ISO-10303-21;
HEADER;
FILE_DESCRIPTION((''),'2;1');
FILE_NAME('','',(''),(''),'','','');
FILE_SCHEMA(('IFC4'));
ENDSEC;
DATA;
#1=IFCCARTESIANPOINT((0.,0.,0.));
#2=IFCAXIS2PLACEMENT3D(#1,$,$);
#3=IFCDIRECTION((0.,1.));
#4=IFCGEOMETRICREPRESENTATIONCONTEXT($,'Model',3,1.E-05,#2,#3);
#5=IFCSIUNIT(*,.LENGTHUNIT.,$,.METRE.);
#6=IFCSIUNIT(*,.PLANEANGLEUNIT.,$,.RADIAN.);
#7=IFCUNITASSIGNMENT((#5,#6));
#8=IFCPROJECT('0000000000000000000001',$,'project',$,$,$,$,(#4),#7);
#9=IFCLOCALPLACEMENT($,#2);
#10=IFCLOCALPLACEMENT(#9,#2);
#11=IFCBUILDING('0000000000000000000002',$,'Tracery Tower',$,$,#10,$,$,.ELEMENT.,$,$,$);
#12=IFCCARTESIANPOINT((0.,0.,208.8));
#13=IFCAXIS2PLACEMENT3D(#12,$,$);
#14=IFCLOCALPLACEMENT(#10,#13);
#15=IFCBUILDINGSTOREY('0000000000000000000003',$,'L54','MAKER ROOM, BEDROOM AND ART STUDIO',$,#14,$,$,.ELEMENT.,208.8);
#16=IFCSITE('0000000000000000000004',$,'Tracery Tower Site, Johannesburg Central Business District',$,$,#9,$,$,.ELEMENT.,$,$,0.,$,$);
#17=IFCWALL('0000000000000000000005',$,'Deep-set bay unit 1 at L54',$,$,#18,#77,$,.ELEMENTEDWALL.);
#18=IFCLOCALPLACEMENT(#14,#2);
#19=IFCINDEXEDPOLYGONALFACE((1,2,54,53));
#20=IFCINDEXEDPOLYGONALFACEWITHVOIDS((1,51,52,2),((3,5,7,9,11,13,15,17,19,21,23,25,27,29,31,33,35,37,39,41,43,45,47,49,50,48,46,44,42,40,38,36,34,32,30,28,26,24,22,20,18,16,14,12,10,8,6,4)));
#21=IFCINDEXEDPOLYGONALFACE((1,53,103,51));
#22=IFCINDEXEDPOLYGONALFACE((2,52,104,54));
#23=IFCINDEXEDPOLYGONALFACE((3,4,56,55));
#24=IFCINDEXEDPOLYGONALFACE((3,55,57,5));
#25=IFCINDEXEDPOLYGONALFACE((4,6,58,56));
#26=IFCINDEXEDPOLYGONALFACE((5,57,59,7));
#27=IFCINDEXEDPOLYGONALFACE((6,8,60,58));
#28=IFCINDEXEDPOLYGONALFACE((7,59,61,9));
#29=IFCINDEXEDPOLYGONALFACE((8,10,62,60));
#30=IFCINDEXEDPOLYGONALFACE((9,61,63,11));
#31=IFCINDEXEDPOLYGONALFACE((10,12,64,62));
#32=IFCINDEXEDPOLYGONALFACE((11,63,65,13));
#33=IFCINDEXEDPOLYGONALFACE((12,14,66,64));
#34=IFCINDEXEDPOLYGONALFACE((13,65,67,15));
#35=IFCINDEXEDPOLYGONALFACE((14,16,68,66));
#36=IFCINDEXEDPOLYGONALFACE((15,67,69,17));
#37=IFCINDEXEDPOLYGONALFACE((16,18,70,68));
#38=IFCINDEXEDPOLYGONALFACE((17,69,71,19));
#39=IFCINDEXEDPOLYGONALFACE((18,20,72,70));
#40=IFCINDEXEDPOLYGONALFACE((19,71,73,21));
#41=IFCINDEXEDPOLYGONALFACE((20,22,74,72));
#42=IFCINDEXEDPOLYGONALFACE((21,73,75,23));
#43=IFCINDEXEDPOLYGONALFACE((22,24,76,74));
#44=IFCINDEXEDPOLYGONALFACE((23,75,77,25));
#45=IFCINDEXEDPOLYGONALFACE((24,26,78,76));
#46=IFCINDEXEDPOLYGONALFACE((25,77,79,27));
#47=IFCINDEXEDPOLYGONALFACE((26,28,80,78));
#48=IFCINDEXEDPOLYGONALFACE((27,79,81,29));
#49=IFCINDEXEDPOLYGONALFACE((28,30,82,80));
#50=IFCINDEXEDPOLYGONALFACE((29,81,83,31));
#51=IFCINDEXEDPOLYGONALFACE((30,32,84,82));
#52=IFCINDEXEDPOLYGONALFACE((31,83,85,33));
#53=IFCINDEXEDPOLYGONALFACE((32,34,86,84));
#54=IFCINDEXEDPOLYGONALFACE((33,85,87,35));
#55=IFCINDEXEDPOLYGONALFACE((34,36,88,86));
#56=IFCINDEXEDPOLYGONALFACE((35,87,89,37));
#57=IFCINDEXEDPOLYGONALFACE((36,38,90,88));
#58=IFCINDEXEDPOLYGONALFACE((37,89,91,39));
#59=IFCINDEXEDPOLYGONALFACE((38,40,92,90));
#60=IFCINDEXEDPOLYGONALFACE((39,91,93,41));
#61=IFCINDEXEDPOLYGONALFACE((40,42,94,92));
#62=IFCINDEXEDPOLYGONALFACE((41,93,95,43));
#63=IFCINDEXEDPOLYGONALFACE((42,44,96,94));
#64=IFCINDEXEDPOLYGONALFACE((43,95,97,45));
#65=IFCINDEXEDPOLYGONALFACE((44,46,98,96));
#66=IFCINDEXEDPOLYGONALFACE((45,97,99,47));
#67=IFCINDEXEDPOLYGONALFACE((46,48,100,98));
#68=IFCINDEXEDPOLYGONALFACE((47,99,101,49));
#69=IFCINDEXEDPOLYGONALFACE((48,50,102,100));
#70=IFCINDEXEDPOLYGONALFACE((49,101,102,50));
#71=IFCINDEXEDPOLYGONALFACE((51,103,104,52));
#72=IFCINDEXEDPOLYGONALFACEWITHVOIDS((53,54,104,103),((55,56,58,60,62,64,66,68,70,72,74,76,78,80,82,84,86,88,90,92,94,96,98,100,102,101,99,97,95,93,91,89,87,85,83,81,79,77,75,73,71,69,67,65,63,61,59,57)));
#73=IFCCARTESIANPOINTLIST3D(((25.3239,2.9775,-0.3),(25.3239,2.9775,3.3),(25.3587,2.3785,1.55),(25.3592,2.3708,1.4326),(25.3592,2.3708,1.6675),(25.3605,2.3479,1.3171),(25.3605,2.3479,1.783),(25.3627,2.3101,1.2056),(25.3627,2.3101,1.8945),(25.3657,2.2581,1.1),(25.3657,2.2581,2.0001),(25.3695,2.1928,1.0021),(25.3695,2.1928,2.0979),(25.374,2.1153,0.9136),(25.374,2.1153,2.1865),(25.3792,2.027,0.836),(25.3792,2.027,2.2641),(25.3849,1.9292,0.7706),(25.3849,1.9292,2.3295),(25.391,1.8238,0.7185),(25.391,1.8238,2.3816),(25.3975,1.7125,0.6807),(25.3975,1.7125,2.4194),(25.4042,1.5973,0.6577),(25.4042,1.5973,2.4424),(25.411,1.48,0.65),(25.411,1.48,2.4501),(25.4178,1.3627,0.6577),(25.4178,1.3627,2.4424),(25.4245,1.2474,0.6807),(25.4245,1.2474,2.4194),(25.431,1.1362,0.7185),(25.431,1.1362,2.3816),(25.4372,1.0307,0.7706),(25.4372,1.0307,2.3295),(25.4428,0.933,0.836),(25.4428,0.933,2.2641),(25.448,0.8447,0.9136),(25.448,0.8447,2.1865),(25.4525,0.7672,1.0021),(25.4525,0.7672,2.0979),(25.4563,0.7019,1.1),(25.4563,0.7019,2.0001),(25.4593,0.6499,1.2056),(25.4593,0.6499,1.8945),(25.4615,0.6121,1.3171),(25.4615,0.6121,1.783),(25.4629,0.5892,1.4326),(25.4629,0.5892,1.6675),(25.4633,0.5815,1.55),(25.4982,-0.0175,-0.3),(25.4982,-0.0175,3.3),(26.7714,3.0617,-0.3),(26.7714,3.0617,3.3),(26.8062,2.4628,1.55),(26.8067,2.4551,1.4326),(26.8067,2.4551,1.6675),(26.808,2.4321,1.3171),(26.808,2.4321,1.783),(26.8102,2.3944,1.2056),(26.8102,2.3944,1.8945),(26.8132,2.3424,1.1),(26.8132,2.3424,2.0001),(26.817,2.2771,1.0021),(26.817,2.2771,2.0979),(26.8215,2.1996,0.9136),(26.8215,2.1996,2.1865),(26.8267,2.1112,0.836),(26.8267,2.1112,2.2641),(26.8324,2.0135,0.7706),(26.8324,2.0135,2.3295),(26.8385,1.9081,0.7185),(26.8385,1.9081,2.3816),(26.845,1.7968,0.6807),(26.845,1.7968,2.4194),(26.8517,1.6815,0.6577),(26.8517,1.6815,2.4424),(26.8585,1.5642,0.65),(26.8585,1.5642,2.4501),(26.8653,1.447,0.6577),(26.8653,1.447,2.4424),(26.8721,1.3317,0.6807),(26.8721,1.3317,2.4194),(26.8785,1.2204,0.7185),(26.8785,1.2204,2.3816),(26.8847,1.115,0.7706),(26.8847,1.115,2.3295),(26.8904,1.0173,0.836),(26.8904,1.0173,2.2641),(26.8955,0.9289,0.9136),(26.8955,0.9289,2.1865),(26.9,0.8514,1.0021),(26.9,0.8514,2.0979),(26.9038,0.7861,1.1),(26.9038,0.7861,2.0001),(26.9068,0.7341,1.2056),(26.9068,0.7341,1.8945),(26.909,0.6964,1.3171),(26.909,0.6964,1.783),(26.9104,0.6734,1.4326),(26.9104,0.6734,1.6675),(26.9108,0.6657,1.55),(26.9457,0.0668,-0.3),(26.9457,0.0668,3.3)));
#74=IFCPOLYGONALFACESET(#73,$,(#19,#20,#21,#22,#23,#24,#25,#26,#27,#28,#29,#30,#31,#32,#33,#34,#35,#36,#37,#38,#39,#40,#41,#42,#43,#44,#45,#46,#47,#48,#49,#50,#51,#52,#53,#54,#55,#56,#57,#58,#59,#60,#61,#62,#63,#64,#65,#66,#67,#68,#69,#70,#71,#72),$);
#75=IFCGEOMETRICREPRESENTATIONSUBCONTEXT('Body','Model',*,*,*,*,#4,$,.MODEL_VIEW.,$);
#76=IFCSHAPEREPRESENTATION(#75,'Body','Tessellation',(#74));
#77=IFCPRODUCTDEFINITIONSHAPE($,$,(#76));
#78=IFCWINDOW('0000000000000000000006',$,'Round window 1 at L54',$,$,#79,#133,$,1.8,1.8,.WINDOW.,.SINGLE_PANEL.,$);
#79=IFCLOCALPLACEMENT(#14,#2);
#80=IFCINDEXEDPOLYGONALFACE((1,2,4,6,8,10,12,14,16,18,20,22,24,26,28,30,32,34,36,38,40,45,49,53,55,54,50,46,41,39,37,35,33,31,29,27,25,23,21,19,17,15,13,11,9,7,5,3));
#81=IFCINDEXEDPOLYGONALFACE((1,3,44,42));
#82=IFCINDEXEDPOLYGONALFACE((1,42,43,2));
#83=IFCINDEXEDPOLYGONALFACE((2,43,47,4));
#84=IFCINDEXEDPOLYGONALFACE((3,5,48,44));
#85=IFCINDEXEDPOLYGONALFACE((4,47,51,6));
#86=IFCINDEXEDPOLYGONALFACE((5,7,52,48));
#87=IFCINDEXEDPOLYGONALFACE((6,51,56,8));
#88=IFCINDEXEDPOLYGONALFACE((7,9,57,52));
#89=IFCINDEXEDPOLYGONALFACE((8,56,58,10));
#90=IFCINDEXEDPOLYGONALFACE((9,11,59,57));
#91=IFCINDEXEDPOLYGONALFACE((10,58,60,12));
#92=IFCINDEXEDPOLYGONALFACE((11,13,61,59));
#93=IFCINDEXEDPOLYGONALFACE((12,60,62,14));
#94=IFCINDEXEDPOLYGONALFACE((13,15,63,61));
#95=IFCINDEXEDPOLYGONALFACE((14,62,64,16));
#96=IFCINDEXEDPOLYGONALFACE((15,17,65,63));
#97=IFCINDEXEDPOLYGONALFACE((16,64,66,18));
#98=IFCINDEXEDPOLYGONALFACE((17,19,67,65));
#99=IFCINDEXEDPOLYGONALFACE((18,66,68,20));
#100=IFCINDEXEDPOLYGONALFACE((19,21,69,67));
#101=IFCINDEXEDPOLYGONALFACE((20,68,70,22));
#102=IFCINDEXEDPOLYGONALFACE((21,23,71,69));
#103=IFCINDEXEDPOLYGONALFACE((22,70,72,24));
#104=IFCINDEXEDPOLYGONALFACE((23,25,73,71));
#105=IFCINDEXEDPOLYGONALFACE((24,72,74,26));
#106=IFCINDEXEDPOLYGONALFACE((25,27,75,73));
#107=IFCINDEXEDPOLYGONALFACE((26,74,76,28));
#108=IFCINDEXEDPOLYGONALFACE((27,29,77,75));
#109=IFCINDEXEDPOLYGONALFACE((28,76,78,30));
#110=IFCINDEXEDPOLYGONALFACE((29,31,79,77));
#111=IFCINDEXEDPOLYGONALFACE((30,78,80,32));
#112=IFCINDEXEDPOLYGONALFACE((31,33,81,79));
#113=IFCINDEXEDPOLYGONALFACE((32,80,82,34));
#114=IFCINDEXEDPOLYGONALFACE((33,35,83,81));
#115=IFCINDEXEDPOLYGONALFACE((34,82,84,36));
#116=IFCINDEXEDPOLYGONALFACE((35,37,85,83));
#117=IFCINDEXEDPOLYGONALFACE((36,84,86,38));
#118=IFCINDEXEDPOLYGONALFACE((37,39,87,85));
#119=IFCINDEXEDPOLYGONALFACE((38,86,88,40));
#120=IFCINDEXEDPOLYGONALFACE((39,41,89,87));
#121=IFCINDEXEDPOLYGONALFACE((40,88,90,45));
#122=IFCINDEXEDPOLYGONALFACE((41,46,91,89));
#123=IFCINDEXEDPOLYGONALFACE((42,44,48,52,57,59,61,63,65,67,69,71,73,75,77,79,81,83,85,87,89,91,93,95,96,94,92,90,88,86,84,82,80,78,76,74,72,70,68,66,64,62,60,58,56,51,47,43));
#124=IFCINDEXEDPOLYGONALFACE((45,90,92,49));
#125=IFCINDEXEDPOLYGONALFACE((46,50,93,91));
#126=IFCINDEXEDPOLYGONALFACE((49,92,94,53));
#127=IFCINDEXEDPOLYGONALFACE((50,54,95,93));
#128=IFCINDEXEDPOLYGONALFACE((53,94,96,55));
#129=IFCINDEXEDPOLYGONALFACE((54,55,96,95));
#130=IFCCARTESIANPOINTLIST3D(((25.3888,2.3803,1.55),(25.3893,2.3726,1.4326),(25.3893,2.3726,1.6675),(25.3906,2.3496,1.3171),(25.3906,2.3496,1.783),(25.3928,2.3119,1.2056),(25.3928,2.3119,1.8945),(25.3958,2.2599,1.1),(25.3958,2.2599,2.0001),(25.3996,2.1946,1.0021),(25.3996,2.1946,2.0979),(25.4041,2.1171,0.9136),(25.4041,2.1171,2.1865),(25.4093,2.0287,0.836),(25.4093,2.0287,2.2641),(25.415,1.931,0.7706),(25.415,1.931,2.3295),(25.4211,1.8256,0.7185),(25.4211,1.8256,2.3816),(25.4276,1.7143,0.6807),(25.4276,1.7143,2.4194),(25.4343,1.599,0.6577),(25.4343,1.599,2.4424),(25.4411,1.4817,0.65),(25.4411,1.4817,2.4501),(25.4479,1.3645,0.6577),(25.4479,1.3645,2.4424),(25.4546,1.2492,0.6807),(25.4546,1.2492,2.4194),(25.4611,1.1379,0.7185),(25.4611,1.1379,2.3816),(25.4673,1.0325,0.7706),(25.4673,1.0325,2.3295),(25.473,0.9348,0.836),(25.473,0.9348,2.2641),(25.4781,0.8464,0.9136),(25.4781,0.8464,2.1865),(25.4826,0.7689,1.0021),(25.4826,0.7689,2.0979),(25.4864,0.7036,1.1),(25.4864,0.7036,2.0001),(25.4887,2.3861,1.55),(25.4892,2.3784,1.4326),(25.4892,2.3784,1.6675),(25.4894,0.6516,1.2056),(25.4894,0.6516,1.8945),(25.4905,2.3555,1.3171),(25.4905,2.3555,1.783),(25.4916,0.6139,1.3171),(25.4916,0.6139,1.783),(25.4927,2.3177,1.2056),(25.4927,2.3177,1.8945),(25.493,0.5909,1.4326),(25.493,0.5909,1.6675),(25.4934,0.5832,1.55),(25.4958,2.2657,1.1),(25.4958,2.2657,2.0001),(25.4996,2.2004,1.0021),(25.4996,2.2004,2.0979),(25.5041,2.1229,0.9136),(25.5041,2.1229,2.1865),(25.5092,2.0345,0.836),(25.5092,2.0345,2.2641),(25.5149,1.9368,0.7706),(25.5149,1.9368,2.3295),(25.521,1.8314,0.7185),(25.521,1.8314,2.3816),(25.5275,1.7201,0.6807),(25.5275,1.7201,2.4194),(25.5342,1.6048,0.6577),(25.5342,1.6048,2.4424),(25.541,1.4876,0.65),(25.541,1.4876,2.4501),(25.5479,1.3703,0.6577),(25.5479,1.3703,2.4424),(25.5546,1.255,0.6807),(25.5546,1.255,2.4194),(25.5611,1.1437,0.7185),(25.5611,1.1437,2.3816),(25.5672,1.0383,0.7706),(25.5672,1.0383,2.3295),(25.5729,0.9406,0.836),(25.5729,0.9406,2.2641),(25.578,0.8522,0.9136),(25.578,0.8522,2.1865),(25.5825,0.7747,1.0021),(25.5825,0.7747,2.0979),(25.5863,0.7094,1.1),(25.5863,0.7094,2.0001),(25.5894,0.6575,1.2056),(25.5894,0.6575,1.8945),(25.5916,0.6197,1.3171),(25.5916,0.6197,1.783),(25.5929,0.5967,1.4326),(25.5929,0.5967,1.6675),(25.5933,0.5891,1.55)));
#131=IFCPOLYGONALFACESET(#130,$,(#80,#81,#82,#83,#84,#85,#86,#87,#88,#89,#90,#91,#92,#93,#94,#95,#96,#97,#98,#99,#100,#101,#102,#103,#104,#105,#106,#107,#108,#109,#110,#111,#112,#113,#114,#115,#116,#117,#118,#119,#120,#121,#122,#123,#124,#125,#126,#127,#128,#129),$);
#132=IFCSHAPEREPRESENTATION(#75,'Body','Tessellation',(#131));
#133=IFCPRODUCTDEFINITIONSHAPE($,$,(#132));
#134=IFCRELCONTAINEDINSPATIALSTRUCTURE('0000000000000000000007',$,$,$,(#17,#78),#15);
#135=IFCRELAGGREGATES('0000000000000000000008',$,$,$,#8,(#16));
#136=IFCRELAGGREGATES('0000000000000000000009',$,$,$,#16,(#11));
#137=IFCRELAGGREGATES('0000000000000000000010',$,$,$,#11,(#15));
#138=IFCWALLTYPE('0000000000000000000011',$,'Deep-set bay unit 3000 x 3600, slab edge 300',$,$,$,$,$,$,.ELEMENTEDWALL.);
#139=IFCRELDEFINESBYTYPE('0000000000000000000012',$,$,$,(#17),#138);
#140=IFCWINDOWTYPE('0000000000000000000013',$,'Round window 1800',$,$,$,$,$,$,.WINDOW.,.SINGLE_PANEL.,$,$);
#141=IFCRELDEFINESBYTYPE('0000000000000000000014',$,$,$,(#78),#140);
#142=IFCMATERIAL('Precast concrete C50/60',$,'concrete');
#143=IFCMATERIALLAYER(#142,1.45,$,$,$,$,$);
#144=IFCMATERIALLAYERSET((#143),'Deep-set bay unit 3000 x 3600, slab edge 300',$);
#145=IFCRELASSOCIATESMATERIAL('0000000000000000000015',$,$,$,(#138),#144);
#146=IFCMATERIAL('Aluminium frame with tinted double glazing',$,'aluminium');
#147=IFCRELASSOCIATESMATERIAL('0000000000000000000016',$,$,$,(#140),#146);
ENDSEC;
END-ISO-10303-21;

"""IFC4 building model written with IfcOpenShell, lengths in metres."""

from ifc_helpers import new_model, si_unit, direction, frame, frame_2d, origin, origin_2d, place, context, subcontext, project, spatial, rectangle, circle, extrude, material, layer, layer_set, type_object, element, fill, save


model = new_model("IFC4")

# Units and contexts
model_context = context("Model", 3, precision=1e-05, world=origin(), true_north=direction((0.0, 1.0)))
body_context = subcontext(model_context, "Body", "Model", "MODEL_VIEW")
ifc_project = project(units=[si_unit("LENGTHUNIT", "METRE"), si_unit("PLANEANGLEUNIT", "RADIAN")], contexts=[model_context])

# Site, building, storey
site_placement = place(None, origin())
site = spatial("IfcSite", under=ifc_project, at=site_placement, Name="Tracery Tower Site, Johannesburg Central Business District", CompositionType="ELEMENT", RefElevation=0.0)
building_placement = place(site_placement, origin())
building = spatial("IfcBuilding", under=site, at=building_placement, Name="Tracery Tower", CompositionType="ELEMENT")
storey_placement = place(building_placement, frame((0.0, 0.0, 208.8)))
storey = spatial("IfcBuildingStorey", under=building, at=storey_placement, Name="L54", Description="MAKER ROOM, BEDROOM AND ART STUDIO", CompositionType="ELEMENT", Elevation=208.8)

# Wall, opening, window
ifc_material_1 = material(Name="Precast concrete C50/60", Category="concrete")
ifc_layer_1 = layer(ifc_material_1, 1.45)
ifc_layer_set_1 = layer_set([ifc_layer_1], Name="Deep-set bay unit 3000 x 3600, slab edge 300")
wall_type_1 = type_object("IfcWallType", Name="Deep-set bay unit 3000 x 3600, slab edge 300", PredefinedType="ELEMENTEDWALL", material=ifc_layer_set_1)
wall_1_placement = place(storey_placement, frame((26.2219, 0.0247, -0.3), z_axis=(0.0, 0.0, 1.0), x_axis=(-0.058107, 0.99831, 0.0)))
wall_1 = element("IfcWall", 1, at=wall_1_placement, inside=storey, type_object=wall_type_1, Name="Deep-set bay unit 1 at L54", PredefinedType="ELEMENTEDWALL", context=body_context, shape_type="SweptSolid", body=[
    extrude(rectangle(XDim=3.0, YDim=1.45, at=frame_2d((1.5, 0.0))), origin(), (0.0, 0.0, 1.0), 3.6001),
])
opening_1_placement = place(wall_1_placement, frame((1.5, 0.0, 1.8501)))
opening_1 = element("IfcOpeningElement", 2, at=opening_1_placement, cuts=wall_1, PredefinedType="OPENING", context=body_context, shape_type="SweptSolid", body=[
    extrude(circle(Radius=0.9, at=origin_2d()), frame((0.0, 0.7349, 0.0), z_axis=(0.0, -1.0, 0.0), x_axis=(1.0, 0.0, 0.0)), (0.0, 0.0, 1.0), 1.47),
])
ifc_material_2 = material(Name="Aluminium frame with tinted double glazing", Category="aluminium")
window_type = type_object("IfcWindowType", Name="Round window 1800", PartitioningType="SINGLE_PANEL", PredefinedType="WINDOW", material=ifc_material_2)
window_1_placement = place(opening_1_placement, origin())
window_1 = element("IfcWindow", 3, at=window_1_placement, inside=storey, type_object=window_type, Name="Round window 1 at L54", OverallHeight=1.8, OverallWidth=1.8, PartitioningType="SINGLE_PANEL", PredefinedType="WINDOW", context=body_context, shape_type="SweptSolid", body=[
    extrude(circle(Radius=0.9, at=origin_2d()), frame((0.0, 0.6948, 0.0), z_axis=(0.0, -1.0, 0.0), x_axis=(1.0, 0.0, 0.0)), (0.0, 0.0, 1.0), 0.1001),
])
fill(opening_1, window_1)

save(model, "model.ifc")
